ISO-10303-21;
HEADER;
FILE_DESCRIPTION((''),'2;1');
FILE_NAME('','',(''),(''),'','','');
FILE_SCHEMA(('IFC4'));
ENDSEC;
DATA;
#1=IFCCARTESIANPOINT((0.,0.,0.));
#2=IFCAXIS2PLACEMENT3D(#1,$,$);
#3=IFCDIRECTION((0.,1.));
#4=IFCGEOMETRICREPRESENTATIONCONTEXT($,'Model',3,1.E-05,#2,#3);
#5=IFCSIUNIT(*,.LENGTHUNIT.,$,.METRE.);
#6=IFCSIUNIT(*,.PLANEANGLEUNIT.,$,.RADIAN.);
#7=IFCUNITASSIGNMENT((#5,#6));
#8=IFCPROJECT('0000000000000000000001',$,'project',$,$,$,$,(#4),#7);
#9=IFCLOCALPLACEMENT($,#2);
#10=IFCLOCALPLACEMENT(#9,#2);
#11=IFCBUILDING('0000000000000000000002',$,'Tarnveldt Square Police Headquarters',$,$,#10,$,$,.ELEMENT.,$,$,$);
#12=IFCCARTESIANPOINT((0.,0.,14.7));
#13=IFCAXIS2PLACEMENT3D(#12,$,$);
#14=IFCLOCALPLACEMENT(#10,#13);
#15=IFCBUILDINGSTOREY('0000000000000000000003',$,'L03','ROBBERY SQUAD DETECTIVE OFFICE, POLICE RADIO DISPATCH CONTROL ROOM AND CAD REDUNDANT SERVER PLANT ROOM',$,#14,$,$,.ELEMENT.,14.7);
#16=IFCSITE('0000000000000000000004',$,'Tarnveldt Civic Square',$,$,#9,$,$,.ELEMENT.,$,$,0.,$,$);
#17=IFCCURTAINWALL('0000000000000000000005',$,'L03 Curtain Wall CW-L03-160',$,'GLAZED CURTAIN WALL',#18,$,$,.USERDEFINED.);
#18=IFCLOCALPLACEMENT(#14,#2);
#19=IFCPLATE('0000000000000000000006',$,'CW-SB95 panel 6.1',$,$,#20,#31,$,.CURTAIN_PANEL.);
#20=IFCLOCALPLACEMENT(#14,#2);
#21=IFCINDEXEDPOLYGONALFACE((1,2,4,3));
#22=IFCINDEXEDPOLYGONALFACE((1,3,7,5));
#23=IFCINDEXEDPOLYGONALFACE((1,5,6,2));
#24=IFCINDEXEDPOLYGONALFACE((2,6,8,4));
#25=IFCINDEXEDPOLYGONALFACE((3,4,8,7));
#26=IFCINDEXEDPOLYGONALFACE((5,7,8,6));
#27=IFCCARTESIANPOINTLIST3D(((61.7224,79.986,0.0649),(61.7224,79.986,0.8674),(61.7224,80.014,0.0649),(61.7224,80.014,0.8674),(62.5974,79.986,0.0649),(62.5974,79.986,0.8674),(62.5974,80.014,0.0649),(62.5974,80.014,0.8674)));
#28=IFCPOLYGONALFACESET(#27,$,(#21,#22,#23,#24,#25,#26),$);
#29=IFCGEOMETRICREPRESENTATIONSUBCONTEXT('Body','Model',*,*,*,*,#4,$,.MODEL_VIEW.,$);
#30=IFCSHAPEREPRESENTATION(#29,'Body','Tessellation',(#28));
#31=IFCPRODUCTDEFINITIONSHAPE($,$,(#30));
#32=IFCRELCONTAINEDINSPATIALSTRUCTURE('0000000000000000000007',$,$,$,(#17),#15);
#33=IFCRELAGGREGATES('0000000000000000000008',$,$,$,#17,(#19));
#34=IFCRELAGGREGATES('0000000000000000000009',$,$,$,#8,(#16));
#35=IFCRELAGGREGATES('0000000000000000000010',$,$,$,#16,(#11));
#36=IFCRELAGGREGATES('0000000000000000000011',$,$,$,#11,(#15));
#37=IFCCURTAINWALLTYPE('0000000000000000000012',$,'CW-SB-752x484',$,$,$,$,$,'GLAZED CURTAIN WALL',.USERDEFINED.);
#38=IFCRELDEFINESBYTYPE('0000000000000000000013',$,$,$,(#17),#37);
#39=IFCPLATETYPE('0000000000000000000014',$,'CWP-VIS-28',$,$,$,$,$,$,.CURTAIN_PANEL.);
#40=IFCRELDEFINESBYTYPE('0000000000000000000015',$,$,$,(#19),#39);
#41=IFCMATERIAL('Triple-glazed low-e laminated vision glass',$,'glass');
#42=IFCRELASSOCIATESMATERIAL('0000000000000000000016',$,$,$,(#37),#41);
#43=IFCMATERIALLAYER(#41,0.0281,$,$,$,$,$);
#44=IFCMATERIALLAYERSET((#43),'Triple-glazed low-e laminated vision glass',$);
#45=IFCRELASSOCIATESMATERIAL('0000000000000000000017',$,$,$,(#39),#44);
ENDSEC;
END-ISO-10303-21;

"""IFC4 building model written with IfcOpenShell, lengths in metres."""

from ifc_helpers import new_model, si_unit, direction, frame, origin, origin_2d, place, context, subcontext, project, spatial, rectangle, extrude, material, layer, layer_set, type_object, element, aggregate, save


model = new_model("IFC4")

# Units and contexts
model_context = context("Model", 3, precision=1e-05, world=origin(), true_north=direction((0.0, 1.0)))
body_context = subcontext(model_context, "Body", "Model", "MODEL_VIEW")
ifc_project = project(units=[si_unit("LENGTHUNIT", "METRE"), si_unit("PLANEANGLEUNIT", "RADIAN")], contexts=[model_context])

# Site, building, storey
site_placement = place(None, origin())
site = spatial("IfcSite", under=ifc_project, at=site_placement, Name="Tarnveldt Civic Square", CompositionType="ELEMENT", RefElevation=0.0)
building_placement = place(site_placement, origin())
building = spatial("IfcBuilding", under=site, at=building_placement, Name="Tarnveldt Square Police Headquarters", CompositionType="ELEMENT")
storey_placement = place(building_placement, frame((0.0, 0.0, 14.7)))
storey = spatial("IfcBuildingStorey", under=building, at=storey_placement, Name="L03", Description="ROBBERY SQUAD DETECTIVE OFFICE, POLICE RADIO DISPATCH CONTROL ROOM AND CAD REDUNDANT SERVER PLANT ROOM", CompositionType="ELEMENT", Elevation=14.7)

# Curtain wall
ifc_material_1 = material(Name="Triple-glazed low-e laminated vision glass", Category="glass")
curtain_wall_type = type_object("IfcCurtainWallType", Name="CW-SB-752x484", ElementType="GLAZED CURTAIN WALL", PredefinedType="USERDEFINED", material=ifc_material_1)
curtain_wall_placement = place(storey_placement, origin())
curtain_wall = element("IfcCurtainWall", 1, at=curtain_wall_placement, inside=storey, type_object=curtain_wall_type, Name="L03 Curtain Wall CW-L03-160", ObjectType="GLAZED CURTAIN WALL", PredefinedType="USERDEFINED")

# Plate
ifc_layer = layer(ifc_material_1, 0.0281)
ifc_layer_set = layer_set([ifc_layer], Name="Triple-glazed low-e laminated vision glass")
plate_type = type_object("IfcPlateType", Name="CWP-VIS-28", PredefinedType="CURTAIN_PANEL", material=ifc_layer_set)
plate_1_placement = place(storey_placement, frame((62.1599, 80.0, 0.0649), z_axis=(0.0, 0.0, 1.0), x_axis=(1.0, 0.0, 0.0)))
plate_1 = element("IfcPlate", 2, at=plate_1_placement, type_object=plate_type, Name="CW-SB95 panel 6.1", PredefinedType="CURTAIN_PANEL", context=body_context, shape_type="SweptSolid", body=[
    extrude(rectangle(XDim=0.875, YDim=0.0281, at=origin_2d()), origin(), (0.0, 0.0, 1.0), 0.8025),
])
aggregate(curtain_wall, [plate_1])

save(model, "model.ifc")
